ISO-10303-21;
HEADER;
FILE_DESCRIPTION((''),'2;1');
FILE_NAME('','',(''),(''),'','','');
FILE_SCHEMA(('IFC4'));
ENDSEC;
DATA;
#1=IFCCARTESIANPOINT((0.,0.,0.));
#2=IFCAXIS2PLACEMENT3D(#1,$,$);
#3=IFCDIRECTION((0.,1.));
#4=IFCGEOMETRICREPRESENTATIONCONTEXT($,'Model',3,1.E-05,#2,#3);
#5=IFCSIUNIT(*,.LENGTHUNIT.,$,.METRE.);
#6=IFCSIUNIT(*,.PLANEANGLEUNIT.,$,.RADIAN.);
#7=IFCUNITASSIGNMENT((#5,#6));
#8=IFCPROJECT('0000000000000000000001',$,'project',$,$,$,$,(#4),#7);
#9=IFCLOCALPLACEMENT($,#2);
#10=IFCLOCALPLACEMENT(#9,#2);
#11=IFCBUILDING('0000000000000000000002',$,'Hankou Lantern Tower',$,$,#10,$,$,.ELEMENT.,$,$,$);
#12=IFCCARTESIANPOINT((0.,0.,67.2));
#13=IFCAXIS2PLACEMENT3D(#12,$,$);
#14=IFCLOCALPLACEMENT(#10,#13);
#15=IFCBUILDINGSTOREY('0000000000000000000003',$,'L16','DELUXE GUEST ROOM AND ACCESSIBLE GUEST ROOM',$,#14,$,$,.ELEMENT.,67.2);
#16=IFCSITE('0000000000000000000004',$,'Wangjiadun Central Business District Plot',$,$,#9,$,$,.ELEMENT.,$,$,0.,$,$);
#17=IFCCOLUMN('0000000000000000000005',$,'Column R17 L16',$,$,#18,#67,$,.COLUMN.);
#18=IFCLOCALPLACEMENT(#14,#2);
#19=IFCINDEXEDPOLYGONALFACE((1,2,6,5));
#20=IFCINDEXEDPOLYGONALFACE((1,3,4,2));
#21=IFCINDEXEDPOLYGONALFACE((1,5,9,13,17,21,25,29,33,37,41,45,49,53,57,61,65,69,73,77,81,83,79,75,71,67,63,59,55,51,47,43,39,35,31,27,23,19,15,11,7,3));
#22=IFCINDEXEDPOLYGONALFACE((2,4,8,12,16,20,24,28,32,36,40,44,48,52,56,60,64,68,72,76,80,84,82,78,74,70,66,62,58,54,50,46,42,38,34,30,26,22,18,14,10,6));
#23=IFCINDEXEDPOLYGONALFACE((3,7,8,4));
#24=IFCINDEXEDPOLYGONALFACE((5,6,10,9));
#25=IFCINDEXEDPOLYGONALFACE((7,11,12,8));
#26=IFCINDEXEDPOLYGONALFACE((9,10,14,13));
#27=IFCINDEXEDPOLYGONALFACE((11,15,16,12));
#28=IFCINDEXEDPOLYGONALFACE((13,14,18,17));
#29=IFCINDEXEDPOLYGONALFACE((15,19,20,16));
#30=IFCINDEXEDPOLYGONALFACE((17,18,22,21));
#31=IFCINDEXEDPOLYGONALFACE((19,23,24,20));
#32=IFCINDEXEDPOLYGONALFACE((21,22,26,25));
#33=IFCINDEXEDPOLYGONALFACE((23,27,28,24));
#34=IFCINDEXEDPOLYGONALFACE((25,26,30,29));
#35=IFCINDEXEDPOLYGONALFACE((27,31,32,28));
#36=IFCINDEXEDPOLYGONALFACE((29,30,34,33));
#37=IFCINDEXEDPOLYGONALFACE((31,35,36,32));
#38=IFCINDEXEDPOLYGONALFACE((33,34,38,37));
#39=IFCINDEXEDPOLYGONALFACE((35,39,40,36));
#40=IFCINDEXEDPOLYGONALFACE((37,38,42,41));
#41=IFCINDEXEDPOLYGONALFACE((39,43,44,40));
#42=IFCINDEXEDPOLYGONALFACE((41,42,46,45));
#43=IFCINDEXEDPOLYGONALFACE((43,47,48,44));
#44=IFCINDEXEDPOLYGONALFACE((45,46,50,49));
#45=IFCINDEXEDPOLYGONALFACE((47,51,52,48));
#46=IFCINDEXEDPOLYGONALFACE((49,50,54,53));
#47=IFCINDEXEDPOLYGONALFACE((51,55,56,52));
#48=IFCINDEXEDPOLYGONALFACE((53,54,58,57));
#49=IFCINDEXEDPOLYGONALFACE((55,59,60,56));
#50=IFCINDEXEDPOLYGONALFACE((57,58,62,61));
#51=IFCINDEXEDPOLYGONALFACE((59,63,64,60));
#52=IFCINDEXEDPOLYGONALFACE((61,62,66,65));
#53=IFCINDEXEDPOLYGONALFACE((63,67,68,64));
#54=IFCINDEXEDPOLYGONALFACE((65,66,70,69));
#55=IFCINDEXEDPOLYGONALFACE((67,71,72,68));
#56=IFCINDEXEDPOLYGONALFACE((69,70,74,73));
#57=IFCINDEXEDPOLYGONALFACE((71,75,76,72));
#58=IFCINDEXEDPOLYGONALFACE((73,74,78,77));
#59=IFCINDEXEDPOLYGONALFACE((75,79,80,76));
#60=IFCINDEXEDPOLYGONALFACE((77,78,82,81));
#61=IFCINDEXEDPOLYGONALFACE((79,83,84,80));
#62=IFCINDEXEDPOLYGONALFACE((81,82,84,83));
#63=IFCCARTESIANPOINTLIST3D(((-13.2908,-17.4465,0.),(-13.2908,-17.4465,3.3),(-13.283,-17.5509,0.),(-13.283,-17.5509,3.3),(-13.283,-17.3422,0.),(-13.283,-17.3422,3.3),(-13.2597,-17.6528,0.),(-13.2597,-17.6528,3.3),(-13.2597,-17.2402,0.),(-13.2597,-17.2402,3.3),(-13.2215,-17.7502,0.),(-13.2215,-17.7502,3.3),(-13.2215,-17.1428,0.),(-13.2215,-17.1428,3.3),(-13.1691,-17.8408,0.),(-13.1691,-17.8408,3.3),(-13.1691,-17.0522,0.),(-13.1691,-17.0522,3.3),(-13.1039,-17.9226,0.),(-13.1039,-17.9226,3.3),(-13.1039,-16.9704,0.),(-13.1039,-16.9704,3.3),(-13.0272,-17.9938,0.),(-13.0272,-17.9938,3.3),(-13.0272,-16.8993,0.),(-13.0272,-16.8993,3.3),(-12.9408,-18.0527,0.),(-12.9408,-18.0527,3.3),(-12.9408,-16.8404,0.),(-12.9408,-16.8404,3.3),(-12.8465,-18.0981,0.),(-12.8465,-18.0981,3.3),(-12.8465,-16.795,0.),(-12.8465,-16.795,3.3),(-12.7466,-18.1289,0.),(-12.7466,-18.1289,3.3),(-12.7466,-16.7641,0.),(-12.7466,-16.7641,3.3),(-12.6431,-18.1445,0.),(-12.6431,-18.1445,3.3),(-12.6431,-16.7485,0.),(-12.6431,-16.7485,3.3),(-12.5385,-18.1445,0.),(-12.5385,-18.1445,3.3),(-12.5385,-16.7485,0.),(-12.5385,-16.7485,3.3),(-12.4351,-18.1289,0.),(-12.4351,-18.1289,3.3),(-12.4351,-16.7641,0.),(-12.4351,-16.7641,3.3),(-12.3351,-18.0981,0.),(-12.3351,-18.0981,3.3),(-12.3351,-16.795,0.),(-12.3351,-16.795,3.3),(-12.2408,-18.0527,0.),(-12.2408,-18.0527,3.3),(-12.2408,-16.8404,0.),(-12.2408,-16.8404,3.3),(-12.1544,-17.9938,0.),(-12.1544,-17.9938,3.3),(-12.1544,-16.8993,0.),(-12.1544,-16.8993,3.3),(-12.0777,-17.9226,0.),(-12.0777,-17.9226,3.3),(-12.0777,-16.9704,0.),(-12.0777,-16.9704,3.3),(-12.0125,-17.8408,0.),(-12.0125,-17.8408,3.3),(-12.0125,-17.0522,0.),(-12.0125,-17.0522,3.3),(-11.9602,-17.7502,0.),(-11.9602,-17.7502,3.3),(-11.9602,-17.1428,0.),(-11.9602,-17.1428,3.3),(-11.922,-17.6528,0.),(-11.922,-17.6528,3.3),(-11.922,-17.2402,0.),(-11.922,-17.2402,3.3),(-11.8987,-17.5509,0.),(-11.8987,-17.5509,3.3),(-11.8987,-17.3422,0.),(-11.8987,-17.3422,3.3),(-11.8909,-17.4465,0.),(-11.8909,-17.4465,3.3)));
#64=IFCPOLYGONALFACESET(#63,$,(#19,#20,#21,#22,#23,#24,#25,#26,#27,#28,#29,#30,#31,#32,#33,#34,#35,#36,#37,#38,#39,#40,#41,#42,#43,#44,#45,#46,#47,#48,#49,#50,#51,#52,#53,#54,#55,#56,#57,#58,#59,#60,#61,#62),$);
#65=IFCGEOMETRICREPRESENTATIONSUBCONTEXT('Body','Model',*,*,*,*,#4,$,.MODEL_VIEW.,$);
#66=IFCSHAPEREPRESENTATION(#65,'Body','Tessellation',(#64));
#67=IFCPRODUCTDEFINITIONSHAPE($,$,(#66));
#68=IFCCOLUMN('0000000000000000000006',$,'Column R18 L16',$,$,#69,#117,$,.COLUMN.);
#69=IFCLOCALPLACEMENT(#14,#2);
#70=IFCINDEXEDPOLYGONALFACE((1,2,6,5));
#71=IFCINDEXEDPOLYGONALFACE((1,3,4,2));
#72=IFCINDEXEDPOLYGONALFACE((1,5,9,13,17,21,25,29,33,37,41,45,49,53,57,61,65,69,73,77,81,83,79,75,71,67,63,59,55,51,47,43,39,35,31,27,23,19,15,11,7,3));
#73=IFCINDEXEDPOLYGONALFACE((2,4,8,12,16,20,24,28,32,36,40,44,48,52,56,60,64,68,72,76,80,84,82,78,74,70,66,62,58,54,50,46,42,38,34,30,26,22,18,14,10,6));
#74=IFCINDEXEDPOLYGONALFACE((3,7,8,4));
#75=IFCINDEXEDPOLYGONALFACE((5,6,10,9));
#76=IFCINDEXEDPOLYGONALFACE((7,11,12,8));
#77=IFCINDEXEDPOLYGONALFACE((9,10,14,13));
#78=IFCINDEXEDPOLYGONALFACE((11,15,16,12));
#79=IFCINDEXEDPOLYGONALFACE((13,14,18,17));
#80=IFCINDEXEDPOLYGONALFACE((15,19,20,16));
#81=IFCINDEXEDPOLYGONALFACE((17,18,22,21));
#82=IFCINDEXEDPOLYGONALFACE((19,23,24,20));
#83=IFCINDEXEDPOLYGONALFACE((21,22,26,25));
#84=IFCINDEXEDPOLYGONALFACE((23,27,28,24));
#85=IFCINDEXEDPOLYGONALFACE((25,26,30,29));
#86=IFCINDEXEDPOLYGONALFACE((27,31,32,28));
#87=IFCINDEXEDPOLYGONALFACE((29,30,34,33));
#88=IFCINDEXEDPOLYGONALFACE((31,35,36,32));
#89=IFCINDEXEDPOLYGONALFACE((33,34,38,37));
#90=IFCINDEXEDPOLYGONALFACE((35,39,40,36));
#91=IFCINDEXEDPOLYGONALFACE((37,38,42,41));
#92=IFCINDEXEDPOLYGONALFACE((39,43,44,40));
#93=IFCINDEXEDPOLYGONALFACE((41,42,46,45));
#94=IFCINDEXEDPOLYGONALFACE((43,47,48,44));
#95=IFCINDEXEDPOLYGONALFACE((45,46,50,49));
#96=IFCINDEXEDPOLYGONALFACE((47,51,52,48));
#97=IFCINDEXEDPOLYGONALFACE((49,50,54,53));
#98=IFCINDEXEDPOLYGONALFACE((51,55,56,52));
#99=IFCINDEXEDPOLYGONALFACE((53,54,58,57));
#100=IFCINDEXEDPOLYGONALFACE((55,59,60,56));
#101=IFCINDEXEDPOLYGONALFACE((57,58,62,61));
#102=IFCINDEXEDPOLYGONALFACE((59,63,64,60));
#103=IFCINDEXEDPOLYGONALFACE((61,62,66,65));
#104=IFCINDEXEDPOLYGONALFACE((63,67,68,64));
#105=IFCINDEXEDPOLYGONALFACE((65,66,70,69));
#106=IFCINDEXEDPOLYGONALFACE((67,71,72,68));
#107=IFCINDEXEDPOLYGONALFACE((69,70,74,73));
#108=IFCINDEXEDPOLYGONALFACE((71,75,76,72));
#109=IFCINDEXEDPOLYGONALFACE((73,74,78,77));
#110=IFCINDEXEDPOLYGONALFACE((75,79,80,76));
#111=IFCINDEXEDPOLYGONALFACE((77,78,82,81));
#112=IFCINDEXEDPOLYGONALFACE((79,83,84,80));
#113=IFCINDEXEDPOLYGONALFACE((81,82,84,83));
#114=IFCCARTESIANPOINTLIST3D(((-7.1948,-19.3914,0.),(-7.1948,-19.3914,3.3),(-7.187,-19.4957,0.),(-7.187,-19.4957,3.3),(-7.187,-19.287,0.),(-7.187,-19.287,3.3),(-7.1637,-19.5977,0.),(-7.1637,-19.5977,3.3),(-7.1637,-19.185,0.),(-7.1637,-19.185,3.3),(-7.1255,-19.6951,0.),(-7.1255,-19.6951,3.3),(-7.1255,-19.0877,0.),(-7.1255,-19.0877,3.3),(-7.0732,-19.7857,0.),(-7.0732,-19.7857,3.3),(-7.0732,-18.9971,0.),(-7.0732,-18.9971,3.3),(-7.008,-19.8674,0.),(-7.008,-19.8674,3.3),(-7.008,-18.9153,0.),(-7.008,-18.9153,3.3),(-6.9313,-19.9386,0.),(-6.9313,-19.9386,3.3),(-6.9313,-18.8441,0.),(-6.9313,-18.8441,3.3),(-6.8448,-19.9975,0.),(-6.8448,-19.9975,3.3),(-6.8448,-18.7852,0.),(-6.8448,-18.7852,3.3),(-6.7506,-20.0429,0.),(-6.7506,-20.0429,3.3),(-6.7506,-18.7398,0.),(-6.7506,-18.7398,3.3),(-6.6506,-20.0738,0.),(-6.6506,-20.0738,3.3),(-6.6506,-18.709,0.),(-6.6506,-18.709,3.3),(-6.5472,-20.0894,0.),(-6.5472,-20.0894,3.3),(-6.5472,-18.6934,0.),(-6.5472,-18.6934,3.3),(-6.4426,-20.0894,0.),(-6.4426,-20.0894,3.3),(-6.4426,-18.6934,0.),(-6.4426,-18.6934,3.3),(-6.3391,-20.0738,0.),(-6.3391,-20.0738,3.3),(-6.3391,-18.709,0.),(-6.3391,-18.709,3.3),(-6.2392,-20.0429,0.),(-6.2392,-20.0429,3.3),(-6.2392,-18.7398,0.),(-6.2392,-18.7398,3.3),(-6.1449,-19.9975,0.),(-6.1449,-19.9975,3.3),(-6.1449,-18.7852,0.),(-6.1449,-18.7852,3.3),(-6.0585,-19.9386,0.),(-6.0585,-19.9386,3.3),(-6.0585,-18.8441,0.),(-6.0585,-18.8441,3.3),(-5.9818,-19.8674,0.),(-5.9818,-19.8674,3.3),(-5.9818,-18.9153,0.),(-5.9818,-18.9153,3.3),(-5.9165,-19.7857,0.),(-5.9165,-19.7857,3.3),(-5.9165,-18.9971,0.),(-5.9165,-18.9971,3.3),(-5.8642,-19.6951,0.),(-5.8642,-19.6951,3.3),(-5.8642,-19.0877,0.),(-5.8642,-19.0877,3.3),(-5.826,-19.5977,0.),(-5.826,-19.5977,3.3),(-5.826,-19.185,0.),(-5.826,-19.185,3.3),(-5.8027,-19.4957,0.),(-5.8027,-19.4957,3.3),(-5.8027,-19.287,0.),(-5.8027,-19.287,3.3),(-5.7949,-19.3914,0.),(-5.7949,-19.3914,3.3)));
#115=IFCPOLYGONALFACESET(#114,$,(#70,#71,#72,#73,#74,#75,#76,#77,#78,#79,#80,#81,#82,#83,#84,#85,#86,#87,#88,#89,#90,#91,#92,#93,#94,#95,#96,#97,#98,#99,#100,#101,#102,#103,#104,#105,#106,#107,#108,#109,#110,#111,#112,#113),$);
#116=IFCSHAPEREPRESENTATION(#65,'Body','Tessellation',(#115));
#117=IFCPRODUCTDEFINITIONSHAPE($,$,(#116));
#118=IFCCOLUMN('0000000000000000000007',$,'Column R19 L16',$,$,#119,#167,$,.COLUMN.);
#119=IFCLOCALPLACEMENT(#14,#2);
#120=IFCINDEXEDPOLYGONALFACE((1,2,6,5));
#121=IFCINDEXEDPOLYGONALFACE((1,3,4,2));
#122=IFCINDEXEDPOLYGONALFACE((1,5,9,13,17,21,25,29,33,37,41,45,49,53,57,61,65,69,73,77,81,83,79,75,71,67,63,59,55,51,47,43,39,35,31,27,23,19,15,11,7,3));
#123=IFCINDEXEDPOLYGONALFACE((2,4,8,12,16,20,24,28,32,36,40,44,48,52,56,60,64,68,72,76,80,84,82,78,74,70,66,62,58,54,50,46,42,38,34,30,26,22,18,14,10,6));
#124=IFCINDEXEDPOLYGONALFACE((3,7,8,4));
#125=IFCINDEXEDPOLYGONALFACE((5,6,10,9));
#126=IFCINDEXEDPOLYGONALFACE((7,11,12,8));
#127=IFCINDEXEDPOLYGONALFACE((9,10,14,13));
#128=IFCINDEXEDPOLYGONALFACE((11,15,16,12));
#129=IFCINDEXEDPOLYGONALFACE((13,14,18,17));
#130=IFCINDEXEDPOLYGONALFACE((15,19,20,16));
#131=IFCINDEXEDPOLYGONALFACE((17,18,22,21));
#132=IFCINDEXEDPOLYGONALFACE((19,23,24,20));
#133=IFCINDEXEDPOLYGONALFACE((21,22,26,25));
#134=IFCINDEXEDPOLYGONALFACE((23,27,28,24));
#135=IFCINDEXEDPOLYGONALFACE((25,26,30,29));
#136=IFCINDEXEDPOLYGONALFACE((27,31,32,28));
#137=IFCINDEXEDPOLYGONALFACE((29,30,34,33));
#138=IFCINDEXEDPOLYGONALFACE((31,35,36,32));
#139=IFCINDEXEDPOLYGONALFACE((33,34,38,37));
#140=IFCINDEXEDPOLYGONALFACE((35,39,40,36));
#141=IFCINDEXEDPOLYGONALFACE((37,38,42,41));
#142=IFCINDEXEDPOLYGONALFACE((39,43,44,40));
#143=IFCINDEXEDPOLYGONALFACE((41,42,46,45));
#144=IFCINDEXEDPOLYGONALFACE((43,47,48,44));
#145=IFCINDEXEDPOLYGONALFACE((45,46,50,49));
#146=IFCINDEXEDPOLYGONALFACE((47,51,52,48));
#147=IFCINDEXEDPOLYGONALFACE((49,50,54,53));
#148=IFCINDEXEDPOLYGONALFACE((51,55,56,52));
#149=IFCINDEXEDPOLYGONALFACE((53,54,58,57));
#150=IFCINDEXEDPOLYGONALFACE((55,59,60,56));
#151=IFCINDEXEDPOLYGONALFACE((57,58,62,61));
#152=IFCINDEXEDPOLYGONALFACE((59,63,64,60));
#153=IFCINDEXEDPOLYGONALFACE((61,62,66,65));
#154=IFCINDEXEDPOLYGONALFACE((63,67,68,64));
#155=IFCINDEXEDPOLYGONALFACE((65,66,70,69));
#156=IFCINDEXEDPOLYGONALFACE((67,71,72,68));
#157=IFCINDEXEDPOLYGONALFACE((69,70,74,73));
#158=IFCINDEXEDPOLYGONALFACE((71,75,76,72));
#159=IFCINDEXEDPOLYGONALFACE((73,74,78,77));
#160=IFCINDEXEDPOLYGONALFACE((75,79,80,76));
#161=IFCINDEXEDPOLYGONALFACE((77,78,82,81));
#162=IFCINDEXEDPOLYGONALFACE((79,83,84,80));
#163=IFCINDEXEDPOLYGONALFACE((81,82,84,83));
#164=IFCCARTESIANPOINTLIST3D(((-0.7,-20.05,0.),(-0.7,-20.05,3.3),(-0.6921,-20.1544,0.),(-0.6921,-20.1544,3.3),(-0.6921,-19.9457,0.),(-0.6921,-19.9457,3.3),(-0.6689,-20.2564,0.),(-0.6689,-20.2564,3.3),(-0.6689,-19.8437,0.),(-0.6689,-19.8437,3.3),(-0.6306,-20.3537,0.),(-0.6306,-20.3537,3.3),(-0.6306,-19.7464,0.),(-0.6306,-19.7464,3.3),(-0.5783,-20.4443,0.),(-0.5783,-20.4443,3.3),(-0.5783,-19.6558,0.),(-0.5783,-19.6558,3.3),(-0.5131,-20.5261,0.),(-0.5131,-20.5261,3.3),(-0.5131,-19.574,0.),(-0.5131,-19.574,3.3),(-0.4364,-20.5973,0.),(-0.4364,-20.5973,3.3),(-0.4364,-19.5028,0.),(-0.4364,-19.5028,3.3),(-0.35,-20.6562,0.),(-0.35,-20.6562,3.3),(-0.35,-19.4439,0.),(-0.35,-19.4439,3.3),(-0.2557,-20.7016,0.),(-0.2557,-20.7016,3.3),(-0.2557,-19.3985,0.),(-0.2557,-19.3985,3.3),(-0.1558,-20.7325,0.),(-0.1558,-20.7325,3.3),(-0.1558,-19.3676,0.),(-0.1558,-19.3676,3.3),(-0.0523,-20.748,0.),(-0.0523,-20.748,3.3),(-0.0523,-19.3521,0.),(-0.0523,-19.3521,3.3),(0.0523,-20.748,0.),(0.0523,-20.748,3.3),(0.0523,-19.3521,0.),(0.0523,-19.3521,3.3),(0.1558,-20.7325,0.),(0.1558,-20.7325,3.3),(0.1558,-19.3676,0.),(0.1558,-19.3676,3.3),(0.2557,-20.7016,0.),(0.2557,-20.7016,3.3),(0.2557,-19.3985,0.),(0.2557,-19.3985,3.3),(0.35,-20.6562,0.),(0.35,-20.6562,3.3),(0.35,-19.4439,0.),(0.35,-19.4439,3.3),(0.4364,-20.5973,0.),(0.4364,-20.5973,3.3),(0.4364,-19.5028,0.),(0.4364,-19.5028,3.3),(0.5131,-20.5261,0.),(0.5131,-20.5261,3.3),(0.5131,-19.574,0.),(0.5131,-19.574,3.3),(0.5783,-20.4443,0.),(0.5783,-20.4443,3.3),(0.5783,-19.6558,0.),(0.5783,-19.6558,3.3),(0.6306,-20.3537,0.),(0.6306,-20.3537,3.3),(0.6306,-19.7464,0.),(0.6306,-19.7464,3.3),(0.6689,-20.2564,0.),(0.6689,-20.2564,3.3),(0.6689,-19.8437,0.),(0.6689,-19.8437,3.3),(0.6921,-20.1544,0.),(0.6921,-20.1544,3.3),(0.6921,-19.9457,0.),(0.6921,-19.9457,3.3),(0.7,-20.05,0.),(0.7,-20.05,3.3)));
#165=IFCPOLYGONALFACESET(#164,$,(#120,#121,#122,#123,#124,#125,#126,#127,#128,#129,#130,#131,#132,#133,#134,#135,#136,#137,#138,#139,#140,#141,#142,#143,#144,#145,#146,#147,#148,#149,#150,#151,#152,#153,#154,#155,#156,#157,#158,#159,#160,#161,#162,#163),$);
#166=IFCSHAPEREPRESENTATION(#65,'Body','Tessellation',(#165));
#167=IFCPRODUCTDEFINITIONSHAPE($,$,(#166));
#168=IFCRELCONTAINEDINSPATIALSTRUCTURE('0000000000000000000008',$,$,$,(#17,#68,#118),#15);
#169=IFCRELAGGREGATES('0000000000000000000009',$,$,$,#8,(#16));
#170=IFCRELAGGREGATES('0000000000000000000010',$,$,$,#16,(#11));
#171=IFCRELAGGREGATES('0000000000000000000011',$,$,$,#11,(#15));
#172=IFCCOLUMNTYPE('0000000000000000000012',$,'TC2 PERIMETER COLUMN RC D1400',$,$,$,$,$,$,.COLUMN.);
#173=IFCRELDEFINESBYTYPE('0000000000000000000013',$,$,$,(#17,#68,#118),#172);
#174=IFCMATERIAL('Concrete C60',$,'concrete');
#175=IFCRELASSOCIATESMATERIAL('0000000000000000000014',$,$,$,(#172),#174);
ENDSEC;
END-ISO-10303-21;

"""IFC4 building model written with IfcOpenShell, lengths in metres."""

from ifc_helpers import new_model, si_unit, direction, frame, origin, origin_2d, place, context, subcontext, project, spatial, circle, extrude, material, material_profile, profile_set, type_object, element, save


model = new_model("IFC4")

# Units and contexts
model_context = context("Model", 3, precision=1e-05, world=origin(), true_north=direction((0.0, 1.0)))
body_context = subcontext(model_context, "Body", "Model", "MODEL_VIEW")
ifc_project = project(units=[si_unit("LENGTHUNIT", "METRE"), si_unit("PLANEANGLEUNIT", "RADIAN")], contexts=[model_context])

# Site, building, storey
site_placement = place(None, origin())
site = spatial("IfcSite", under=ifc_project, at=site_placement, Name="Wangjiadun Central Business District Plot", CompositionType="ELEMENT", RefElevation=0.0)
building_placement = place(site_placement, origin())
building = spatial("IfcBuilding", under=site, at=building_placement, Name="Hankou Lantern Tower", CompositionType="ELEMENT")
storey_placement = place(building_placement, frame((0.0, 0.0, 67.2)))
storey = spatial("IfcBuildingStorey", under=building, at=storey_placement, Name="L16", Description="DELUXE GUEST ROOM AND ACCESSIBLE GUEST ROOM", CompositionType="ELEMENT", Elevation=67.2)

# Columns
ifc_material_1 = material(Name="Concrete C60", Category="concrete")
ifc_material_profile_1 = material_profile(ifc_material_1, circle(Radius=0.7, at=origin_2d()), Name="RC D1400")
ifc_profile_set_1 = profile_set([ifc_material_profile_1], Name="Concrete C60")
column_type = type_object("IfcColumnType", Name="TC2 PERIMETER COLUMN RC D1400", PredefinedType="COLUMN", material=ifc_profile_set_1)
for number, where, z_axis, x_axis, name in (
    (1, (-12.5908, -17.4465, 0.0), (0.0, 0.0, 1.0), (1.0, 0.0, 0.0), "Column R17 L16"),
    (2, (-6.4949, -19.3914, 0.0), (0.0, 0.0, 1.0), (1.0, 0.0, 0.0), "Column R18 L16"),
    (3, (0.0, -20.05, 0.0), (0.0, 0.0, 1.0), (1.0, 0.0, 0.0), "Column R19 L16"),
):
    element("IfcColumn", number, at=place(storey_placement, frame(where, z_axis=z_axis, x_axis=x_axis)), inside=storey, type_object=column_type, Name=name, PredefinedType="COLUMN", context=body_context, shape_type="SweptSolid", body=[
        extrude(circle(Radius=0.7, at=origin_2d()), origin(), (0.0, 0.0, 1.0), 3.3),
    ])

save(model, "model.ifc")
